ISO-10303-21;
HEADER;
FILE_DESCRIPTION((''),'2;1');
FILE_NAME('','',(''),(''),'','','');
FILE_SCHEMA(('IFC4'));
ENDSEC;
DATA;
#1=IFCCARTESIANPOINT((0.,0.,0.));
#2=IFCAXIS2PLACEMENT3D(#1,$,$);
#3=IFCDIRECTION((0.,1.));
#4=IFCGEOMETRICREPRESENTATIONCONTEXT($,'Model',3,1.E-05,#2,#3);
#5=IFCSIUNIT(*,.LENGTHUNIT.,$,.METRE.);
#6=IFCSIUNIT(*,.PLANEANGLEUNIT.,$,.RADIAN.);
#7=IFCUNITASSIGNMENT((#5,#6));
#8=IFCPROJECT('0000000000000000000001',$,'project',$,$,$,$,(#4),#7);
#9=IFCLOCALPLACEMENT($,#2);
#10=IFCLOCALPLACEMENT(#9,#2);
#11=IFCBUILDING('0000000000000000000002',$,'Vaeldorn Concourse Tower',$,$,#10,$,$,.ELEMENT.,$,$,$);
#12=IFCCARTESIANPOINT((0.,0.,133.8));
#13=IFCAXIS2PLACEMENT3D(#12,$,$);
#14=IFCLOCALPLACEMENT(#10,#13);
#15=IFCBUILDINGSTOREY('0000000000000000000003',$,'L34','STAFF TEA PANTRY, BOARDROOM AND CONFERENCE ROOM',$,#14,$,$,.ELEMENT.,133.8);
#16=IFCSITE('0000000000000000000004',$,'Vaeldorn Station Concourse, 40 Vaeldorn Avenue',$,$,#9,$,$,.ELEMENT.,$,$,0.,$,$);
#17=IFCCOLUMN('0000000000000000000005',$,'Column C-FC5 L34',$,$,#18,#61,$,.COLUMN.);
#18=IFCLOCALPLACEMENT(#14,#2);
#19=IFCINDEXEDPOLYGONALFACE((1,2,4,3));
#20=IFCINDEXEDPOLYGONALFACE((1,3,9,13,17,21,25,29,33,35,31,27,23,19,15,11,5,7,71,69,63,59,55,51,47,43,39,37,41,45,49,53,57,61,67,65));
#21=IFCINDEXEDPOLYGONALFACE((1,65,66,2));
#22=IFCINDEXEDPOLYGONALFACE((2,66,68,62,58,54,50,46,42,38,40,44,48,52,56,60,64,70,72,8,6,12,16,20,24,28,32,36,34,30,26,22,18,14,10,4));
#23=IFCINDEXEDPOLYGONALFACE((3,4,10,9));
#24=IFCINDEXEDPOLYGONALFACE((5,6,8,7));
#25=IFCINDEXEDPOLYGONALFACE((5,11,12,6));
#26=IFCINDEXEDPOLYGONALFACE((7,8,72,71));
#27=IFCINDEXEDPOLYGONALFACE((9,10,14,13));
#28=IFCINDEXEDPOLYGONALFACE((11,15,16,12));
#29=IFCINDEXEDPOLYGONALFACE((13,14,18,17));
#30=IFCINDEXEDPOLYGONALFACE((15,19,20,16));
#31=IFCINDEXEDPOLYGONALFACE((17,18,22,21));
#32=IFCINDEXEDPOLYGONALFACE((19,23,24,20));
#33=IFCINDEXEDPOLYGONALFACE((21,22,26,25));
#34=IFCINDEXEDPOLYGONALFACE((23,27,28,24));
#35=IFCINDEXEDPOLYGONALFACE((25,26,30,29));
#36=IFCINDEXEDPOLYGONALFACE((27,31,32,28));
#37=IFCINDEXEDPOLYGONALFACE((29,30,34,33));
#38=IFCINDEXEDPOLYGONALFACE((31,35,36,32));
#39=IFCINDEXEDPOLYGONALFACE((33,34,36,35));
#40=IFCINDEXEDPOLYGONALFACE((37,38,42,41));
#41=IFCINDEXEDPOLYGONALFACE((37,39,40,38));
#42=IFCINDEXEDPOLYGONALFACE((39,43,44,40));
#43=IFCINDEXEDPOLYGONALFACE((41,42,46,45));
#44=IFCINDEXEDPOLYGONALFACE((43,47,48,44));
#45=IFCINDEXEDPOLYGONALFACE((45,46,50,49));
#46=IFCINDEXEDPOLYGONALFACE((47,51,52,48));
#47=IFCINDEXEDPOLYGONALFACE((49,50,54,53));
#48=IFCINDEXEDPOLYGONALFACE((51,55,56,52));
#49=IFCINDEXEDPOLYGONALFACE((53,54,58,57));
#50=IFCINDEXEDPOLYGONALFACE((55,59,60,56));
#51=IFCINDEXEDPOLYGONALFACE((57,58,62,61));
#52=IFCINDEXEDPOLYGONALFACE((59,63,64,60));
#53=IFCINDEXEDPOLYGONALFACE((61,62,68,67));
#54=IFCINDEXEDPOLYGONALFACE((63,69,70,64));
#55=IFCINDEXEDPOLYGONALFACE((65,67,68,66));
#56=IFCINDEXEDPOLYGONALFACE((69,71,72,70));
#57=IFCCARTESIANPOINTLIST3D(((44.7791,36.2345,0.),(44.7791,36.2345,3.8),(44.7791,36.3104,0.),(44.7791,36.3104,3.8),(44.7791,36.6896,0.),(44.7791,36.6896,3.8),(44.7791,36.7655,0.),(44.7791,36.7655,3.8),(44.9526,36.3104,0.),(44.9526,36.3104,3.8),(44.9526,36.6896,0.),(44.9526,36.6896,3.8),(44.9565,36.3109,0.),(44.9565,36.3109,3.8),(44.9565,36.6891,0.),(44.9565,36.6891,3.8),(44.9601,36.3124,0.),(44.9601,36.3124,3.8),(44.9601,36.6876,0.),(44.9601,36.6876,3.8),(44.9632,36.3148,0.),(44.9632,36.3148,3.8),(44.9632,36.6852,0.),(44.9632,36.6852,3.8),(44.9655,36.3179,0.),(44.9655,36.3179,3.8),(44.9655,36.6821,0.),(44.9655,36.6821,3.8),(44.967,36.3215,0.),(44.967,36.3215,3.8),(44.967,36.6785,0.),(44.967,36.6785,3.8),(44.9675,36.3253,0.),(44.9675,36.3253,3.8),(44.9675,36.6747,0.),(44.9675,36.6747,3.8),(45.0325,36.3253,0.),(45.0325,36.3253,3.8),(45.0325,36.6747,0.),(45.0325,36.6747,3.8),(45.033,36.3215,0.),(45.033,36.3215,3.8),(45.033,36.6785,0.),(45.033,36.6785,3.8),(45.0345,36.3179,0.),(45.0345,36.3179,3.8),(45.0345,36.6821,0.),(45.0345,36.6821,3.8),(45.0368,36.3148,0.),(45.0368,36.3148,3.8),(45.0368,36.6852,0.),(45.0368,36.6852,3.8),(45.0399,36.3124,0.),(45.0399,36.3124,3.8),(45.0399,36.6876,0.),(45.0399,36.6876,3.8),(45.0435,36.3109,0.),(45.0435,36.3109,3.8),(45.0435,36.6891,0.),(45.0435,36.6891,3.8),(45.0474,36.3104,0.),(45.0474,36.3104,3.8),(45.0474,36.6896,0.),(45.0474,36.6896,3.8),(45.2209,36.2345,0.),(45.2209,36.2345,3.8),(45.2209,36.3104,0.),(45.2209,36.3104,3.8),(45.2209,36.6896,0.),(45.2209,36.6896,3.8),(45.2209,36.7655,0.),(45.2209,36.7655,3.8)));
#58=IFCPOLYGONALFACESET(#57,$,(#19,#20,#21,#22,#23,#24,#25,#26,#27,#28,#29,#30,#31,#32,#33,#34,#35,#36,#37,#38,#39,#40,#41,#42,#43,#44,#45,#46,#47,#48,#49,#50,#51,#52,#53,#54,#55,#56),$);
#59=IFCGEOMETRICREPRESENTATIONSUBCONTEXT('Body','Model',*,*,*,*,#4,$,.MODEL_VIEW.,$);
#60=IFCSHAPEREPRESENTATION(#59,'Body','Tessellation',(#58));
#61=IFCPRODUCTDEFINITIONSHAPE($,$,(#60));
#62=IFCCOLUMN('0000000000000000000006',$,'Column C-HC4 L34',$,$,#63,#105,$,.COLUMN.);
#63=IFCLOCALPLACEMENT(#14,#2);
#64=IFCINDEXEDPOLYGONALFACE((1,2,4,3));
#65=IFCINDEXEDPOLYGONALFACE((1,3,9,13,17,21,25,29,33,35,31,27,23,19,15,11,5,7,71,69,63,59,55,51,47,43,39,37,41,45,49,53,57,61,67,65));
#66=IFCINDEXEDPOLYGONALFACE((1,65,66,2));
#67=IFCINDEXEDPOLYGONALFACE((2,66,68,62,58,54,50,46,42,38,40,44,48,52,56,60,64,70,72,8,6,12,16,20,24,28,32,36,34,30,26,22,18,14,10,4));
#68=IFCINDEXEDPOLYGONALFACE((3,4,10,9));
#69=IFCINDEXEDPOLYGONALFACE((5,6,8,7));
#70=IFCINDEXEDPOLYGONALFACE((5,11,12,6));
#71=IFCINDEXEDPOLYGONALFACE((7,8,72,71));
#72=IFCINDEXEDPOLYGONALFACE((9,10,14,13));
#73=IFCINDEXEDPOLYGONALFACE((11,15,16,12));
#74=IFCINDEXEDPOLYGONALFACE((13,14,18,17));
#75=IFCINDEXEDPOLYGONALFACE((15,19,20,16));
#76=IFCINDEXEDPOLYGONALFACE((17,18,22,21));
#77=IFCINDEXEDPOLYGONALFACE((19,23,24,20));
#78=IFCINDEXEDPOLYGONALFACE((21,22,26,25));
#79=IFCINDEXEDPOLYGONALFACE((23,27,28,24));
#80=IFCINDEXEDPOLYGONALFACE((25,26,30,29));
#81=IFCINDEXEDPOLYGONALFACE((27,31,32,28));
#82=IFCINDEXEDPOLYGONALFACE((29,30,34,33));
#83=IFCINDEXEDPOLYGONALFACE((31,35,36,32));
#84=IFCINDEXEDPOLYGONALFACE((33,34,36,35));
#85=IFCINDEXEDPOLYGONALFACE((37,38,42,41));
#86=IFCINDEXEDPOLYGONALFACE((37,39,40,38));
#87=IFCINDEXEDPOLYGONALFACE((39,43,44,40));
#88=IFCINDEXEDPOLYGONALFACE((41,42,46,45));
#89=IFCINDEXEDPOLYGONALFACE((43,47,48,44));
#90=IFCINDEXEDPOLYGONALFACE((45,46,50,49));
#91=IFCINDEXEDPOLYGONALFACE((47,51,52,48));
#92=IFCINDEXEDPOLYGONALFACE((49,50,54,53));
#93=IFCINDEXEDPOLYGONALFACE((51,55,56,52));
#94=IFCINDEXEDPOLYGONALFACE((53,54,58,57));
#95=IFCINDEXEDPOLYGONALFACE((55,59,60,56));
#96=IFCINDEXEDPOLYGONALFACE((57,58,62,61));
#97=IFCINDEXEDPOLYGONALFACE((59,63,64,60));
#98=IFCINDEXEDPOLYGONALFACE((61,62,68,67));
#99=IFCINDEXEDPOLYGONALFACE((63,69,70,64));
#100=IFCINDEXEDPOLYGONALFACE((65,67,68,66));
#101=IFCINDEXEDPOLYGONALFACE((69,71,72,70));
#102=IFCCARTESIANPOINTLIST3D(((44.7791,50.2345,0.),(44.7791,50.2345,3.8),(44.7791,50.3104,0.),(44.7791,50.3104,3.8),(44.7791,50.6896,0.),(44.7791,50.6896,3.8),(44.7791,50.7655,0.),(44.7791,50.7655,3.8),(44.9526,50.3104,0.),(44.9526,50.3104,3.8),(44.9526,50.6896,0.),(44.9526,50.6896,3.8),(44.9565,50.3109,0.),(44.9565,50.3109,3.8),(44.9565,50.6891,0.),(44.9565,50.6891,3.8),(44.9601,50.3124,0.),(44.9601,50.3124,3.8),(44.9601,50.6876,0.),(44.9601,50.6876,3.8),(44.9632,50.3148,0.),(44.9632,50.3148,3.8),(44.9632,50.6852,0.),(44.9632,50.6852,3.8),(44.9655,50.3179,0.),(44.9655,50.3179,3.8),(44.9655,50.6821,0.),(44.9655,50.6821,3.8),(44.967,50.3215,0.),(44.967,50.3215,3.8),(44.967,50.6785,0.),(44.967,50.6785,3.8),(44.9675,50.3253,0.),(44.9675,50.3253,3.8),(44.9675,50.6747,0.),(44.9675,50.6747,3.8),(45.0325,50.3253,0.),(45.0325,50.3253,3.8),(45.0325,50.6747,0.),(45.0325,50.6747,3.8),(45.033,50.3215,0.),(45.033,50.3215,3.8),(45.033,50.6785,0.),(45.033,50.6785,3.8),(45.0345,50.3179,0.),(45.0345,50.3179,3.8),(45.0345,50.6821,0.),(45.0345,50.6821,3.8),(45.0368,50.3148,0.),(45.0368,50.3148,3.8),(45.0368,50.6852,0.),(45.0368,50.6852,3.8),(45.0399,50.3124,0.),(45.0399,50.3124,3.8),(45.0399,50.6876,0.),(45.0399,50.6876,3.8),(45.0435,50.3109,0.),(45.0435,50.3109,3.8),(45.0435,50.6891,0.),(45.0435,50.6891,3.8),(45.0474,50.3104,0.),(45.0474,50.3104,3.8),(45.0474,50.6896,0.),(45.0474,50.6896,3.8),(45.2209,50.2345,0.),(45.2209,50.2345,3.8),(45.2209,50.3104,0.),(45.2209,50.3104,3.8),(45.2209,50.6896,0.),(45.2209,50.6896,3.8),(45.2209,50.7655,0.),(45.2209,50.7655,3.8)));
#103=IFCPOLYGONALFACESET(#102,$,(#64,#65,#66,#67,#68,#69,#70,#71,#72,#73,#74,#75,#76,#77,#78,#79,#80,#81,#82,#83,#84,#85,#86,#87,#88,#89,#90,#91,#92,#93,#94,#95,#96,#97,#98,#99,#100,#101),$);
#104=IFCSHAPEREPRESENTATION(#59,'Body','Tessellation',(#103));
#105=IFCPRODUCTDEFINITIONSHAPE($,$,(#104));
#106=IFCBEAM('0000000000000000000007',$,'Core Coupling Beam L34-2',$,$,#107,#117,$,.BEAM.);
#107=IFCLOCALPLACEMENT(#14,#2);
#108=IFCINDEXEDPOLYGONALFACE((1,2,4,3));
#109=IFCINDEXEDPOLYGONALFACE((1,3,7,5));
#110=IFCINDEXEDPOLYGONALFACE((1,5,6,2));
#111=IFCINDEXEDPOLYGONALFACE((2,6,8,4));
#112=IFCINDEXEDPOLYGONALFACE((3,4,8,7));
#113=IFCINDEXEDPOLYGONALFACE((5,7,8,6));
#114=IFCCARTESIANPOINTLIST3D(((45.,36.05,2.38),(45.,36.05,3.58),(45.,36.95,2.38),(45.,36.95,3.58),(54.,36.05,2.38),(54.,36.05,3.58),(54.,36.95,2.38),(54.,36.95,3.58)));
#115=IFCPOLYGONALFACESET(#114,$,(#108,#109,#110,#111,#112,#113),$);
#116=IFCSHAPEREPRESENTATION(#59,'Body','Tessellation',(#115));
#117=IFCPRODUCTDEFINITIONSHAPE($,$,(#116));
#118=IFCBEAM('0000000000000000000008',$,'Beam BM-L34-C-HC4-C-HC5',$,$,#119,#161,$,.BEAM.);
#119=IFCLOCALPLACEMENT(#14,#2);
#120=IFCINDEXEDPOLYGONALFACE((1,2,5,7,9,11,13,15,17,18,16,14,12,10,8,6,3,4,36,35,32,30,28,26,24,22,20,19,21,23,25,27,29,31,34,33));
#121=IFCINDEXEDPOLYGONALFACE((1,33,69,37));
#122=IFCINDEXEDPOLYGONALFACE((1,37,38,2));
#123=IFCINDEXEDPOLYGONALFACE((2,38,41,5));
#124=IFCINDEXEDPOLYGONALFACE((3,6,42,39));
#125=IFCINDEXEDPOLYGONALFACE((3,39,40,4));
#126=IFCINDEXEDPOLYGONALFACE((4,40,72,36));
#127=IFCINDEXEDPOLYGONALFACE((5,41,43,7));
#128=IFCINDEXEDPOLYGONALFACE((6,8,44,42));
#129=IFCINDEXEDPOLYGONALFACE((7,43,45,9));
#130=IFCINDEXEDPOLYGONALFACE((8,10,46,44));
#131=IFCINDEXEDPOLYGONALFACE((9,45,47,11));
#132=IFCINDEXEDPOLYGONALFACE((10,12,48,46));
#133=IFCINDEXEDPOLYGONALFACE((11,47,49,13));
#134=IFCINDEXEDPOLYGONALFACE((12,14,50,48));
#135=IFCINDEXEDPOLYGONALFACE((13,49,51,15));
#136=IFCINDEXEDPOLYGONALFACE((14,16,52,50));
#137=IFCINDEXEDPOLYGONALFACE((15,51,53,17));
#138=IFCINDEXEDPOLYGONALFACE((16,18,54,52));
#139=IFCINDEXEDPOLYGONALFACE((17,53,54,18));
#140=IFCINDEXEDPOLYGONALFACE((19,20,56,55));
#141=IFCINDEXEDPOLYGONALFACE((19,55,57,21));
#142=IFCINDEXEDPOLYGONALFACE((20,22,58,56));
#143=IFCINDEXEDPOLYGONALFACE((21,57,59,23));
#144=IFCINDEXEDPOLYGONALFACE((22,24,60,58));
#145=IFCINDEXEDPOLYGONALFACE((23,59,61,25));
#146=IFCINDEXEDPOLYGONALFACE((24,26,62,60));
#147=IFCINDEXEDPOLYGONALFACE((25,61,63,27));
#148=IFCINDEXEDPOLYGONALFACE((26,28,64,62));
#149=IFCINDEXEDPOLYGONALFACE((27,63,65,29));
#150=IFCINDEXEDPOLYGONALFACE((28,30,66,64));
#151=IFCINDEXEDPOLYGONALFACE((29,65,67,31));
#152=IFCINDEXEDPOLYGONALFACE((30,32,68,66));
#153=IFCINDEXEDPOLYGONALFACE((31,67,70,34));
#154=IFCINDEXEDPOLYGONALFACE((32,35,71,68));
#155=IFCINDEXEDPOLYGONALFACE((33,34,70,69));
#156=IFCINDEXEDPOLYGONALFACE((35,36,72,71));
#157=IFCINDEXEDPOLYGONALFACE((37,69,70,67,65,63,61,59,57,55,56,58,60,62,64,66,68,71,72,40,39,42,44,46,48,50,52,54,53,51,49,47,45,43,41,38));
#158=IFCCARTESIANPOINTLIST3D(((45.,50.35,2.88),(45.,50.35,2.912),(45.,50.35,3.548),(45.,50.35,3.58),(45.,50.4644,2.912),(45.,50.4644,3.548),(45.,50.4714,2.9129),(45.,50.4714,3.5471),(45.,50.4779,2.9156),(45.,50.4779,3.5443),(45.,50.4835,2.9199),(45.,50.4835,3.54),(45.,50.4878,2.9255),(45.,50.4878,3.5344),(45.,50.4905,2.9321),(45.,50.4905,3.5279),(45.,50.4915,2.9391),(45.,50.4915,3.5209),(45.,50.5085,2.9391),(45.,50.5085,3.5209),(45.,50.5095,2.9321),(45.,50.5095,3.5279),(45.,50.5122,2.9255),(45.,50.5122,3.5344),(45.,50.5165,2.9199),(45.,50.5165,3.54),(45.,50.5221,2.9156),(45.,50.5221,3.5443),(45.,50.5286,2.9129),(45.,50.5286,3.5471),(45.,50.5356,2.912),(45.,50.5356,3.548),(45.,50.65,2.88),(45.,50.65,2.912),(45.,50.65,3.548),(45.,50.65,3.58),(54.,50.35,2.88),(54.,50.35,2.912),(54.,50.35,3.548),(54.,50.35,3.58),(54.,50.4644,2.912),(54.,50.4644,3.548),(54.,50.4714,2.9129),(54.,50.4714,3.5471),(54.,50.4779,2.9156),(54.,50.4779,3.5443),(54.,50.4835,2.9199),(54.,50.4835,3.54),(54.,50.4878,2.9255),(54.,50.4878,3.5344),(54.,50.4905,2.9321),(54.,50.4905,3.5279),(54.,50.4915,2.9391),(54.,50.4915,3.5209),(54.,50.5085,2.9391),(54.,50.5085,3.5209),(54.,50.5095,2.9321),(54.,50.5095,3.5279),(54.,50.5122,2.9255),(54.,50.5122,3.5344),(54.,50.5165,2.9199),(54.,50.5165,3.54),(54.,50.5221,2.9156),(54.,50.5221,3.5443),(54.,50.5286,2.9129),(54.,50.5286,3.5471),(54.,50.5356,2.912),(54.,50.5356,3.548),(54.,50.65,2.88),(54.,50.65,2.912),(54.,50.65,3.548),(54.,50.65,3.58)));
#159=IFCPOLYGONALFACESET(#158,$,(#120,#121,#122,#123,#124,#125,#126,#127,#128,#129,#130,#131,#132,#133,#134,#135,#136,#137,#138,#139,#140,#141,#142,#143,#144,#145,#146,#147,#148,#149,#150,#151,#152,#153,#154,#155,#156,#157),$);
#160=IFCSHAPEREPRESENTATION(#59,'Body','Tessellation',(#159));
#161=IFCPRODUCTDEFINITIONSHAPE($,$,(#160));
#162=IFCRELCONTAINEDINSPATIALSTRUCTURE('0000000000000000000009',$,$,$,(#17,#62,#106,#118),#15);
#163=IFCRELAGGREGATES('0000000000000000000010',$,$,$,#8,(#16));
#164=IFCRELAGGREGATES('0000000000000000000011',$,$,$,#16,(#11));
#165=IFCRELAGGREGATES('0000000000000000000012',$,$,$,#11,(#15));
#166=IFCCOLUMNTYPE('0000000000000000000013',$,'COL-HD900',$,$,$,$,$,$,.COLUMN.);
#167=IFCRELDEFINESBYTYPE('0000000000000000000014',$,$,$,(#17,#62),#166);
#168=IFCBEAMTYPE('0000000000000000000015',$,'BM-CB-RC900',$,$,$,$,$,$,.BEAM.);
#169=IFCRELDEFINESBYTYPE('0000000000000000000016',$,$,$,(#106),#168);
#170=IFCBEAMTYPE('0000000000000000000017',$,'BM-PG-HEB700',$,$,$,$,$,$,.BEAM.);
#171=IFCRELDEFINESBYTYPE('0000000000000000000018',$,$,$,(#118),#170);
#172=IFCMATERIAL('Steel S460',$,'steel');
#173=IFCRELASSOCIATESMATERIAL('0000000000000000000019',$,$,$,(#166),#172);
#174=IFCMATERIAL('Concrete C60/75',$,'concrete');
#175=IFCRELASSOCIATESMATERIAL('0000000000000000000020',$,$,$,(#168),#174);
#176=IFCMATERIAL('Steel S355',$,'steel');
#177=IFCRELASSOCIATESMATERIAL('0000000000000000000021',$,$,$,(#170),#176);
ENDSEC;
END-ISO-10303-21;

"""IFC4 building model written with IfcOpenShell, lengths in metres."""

from ifc_helpers import new_model, si_unit, direction, frame, origin, origin_2d, place, context, subcontext, project, spatial, rectangle, i_section, extrude, source, transform, mapped, material, material_profile, profile_set, type_object, element, save


model = new_model("IFC4")

# Units and contexts
model_context = context("Model", 3, precision=1e-05, world=origin(), true_north=direction((0.0, 1.0)))
body_context = subcontext(model_context, "Body", "Model", "MODEL_VIEW")
ifc_project = project(units=[si_unit("LENGTHUNIT", "METRE"), si_unit("PLANEANGLEUNIT", "RADIAN")], contexts=[model_context])

# Site, building, storey
site_placement = place(None, origin())
site = spatial("IfcSite", under=ifc_project, at=site_placement, Name="Vaeldorn Station Concourse, 40 Vaeldorn Avenue", CompositionType="ELEMENT", RefElevation=0.0)
building_placement = place(site_placement, origin())
building = spatial("IfcBuilding", under=site, at=building_placement, Name="Vaeldorn Concourse Tower", CompositionType="ELEMENT")
storey_placement = place(building_placement, frame((0.0, 0.0, 133.8)))
storey = spatial("IfcBuildingStorey", under=building, at=storey_placement, Name="L34", Description="STAFF TEA PANTRY, BOARDROOM AND CONFERENCE ROOM", CompositionType="ELEMENT", Elevation=133.8)

# Columns
ifc_material_1 = material(Name="Steel S460", Category="steel")
ifc_material_profile_1 = material_profile(ifc_material_1, i_section(OverallWidth=0.4419, OverallDepth=0.531, WebThickness=0.0649, FlangeThickness=0.0759, FilletRadius=0.0149, at=origin_2d()), Name="HD 400x900")
ifc_profile_set_1 = profile_set([ifc_material_profile_1], Name="Steel S460")
column_type = type_object("IfcColumnType", Name="COL-HD900", PredefinedType="COLUMN", material=ifc_profile_set_1)
shared_shape_1 = source(origin(), body_context, "Body", "SweptSolid", [
    extrude(i_section(OverallWidth=0.4419, OverallDepth=0.531, WebThickness=0.0649, FlangeThickness=0.0759, FilletRadius=0.0149, at=origin_2d()), origin(), (0.0, 0.0, 1.0), 3.8),
])
for number, where, z_axis, x_axis, name in (
    (1, (45.0, 36.5, 0.0), (0.0, 0.0, 1.0), (1.0, 0.0, 0.0), "Column C-FC5 L34"),
    (2, (45.0, 50.5, 0.0), (0.0, 0.0, 1.0), (1.0, 0.0, 0.0), "Column C-HC4 L34"),
):
    element("IfcColumn", number, at=place(storey_placement, frame(where, z_axis=z_axis, x_axis=x_axis)), inside=storey, type_object=column_type, Name=name, PredefinedType="COLUMN", context=body_context, shape_type="MappedRepresentation", body=[
        mapped(shared_shape_1, transform((0.0, 0.0, 0.0), scale=1.0)),
    ])

# Beams
ifc_material_2 = material(Name="Concrete C60/75", Category="concrete")
ifc_material_profile_2 = material_profile(ifc_material_2, rectangle(XDim=0.8999, YDim=1.2, at=origin_2d()), Name="RC 900x1200")
ifc_profile_set_2 = profile_set([ifc_material_profile_2], Name="Concrete C60/75")
beam_type_1 = type_object("IfcBeamType", Name="BM-CB-RC900", PredefinedType="BEAM", material=ifc_profile_set_2)
shared_shape_2 = source(origin(), body_context, "Body", "SweptSolid", [
    extrude(rectangle(XDim=0.8999, YDim=1.2, at=origin_2d()), origin(), (0.0, 0.0, 1.0), 9.0),
])
beam_1_placement = place(storey_placement, frame((45.0, 36.5, 2.98), z_axis=(1.0, 0.0, 0.0), x_axis=(0.0, 1.0, 0.0)))
element("IfcBeam", 3, at=beam_1_placement, inside=storey, type_object=beam_type_1, Name="Core Coupling Beam L34-2", PredefinedType="BEAM", context=body_context, shape_type="MappedRepresentation", body=[
    mapped(shared_shape_2, transform((0.0, 0.0, 0.0), scale=1.0)),
])
ifc_material_3 = material(Name="Steel S355", Category="steel")
ifc_material_profile_3 = material_profile(ifc_material_3, i_section(OverallWidth=0.3, OverallDepth=0.7, WebThickness=0.0171, FlangeThickness=0.032, FilletRadius=0.0271, at=origin_2d()), Name="HEB 700")
ifc_profile_set_3 = profile_set([ifc_material_profile_3], Name="Steel S355")
beam_type_2 = type_object("IfcBeamType", Name="BM-PG-HEB700", PredefinedType="BEAM", material=ifc_profile_set_3)
shared_shape_3 = source(origin(), body_context, "Body", "SweptSolid", [
    extrude(i_section(OverallWidth=0.3, OverallDepth=0.7, WebThickness=0.0171, FlangeThickness=0.032, FilletRadius=0.0271, at=origin_2d()), origin(), (0.0, 0.0, 1.0), 9.0),
])
beam_2_placement = place(storey_placement, frame((45.0, 50.5, 3.23), z_axis=(1.0, 0.0, 0.0), x_axis=(0.0, 1.0, 0.0)))
element("IfcBeam", 4, at=beam_2_placement, inside=storey, type_object=beam_type_2, Name="Beam BM-L34-C-HC4-C-HC5", PredefinedType="BEAM", context=body_context, shape_type="MappedRepresentation", body=[
    mapped(shared_shape_3, transform((0.0, 0.0, 0.0), scale=1.0)),
])

save(model, "model.ifc")
